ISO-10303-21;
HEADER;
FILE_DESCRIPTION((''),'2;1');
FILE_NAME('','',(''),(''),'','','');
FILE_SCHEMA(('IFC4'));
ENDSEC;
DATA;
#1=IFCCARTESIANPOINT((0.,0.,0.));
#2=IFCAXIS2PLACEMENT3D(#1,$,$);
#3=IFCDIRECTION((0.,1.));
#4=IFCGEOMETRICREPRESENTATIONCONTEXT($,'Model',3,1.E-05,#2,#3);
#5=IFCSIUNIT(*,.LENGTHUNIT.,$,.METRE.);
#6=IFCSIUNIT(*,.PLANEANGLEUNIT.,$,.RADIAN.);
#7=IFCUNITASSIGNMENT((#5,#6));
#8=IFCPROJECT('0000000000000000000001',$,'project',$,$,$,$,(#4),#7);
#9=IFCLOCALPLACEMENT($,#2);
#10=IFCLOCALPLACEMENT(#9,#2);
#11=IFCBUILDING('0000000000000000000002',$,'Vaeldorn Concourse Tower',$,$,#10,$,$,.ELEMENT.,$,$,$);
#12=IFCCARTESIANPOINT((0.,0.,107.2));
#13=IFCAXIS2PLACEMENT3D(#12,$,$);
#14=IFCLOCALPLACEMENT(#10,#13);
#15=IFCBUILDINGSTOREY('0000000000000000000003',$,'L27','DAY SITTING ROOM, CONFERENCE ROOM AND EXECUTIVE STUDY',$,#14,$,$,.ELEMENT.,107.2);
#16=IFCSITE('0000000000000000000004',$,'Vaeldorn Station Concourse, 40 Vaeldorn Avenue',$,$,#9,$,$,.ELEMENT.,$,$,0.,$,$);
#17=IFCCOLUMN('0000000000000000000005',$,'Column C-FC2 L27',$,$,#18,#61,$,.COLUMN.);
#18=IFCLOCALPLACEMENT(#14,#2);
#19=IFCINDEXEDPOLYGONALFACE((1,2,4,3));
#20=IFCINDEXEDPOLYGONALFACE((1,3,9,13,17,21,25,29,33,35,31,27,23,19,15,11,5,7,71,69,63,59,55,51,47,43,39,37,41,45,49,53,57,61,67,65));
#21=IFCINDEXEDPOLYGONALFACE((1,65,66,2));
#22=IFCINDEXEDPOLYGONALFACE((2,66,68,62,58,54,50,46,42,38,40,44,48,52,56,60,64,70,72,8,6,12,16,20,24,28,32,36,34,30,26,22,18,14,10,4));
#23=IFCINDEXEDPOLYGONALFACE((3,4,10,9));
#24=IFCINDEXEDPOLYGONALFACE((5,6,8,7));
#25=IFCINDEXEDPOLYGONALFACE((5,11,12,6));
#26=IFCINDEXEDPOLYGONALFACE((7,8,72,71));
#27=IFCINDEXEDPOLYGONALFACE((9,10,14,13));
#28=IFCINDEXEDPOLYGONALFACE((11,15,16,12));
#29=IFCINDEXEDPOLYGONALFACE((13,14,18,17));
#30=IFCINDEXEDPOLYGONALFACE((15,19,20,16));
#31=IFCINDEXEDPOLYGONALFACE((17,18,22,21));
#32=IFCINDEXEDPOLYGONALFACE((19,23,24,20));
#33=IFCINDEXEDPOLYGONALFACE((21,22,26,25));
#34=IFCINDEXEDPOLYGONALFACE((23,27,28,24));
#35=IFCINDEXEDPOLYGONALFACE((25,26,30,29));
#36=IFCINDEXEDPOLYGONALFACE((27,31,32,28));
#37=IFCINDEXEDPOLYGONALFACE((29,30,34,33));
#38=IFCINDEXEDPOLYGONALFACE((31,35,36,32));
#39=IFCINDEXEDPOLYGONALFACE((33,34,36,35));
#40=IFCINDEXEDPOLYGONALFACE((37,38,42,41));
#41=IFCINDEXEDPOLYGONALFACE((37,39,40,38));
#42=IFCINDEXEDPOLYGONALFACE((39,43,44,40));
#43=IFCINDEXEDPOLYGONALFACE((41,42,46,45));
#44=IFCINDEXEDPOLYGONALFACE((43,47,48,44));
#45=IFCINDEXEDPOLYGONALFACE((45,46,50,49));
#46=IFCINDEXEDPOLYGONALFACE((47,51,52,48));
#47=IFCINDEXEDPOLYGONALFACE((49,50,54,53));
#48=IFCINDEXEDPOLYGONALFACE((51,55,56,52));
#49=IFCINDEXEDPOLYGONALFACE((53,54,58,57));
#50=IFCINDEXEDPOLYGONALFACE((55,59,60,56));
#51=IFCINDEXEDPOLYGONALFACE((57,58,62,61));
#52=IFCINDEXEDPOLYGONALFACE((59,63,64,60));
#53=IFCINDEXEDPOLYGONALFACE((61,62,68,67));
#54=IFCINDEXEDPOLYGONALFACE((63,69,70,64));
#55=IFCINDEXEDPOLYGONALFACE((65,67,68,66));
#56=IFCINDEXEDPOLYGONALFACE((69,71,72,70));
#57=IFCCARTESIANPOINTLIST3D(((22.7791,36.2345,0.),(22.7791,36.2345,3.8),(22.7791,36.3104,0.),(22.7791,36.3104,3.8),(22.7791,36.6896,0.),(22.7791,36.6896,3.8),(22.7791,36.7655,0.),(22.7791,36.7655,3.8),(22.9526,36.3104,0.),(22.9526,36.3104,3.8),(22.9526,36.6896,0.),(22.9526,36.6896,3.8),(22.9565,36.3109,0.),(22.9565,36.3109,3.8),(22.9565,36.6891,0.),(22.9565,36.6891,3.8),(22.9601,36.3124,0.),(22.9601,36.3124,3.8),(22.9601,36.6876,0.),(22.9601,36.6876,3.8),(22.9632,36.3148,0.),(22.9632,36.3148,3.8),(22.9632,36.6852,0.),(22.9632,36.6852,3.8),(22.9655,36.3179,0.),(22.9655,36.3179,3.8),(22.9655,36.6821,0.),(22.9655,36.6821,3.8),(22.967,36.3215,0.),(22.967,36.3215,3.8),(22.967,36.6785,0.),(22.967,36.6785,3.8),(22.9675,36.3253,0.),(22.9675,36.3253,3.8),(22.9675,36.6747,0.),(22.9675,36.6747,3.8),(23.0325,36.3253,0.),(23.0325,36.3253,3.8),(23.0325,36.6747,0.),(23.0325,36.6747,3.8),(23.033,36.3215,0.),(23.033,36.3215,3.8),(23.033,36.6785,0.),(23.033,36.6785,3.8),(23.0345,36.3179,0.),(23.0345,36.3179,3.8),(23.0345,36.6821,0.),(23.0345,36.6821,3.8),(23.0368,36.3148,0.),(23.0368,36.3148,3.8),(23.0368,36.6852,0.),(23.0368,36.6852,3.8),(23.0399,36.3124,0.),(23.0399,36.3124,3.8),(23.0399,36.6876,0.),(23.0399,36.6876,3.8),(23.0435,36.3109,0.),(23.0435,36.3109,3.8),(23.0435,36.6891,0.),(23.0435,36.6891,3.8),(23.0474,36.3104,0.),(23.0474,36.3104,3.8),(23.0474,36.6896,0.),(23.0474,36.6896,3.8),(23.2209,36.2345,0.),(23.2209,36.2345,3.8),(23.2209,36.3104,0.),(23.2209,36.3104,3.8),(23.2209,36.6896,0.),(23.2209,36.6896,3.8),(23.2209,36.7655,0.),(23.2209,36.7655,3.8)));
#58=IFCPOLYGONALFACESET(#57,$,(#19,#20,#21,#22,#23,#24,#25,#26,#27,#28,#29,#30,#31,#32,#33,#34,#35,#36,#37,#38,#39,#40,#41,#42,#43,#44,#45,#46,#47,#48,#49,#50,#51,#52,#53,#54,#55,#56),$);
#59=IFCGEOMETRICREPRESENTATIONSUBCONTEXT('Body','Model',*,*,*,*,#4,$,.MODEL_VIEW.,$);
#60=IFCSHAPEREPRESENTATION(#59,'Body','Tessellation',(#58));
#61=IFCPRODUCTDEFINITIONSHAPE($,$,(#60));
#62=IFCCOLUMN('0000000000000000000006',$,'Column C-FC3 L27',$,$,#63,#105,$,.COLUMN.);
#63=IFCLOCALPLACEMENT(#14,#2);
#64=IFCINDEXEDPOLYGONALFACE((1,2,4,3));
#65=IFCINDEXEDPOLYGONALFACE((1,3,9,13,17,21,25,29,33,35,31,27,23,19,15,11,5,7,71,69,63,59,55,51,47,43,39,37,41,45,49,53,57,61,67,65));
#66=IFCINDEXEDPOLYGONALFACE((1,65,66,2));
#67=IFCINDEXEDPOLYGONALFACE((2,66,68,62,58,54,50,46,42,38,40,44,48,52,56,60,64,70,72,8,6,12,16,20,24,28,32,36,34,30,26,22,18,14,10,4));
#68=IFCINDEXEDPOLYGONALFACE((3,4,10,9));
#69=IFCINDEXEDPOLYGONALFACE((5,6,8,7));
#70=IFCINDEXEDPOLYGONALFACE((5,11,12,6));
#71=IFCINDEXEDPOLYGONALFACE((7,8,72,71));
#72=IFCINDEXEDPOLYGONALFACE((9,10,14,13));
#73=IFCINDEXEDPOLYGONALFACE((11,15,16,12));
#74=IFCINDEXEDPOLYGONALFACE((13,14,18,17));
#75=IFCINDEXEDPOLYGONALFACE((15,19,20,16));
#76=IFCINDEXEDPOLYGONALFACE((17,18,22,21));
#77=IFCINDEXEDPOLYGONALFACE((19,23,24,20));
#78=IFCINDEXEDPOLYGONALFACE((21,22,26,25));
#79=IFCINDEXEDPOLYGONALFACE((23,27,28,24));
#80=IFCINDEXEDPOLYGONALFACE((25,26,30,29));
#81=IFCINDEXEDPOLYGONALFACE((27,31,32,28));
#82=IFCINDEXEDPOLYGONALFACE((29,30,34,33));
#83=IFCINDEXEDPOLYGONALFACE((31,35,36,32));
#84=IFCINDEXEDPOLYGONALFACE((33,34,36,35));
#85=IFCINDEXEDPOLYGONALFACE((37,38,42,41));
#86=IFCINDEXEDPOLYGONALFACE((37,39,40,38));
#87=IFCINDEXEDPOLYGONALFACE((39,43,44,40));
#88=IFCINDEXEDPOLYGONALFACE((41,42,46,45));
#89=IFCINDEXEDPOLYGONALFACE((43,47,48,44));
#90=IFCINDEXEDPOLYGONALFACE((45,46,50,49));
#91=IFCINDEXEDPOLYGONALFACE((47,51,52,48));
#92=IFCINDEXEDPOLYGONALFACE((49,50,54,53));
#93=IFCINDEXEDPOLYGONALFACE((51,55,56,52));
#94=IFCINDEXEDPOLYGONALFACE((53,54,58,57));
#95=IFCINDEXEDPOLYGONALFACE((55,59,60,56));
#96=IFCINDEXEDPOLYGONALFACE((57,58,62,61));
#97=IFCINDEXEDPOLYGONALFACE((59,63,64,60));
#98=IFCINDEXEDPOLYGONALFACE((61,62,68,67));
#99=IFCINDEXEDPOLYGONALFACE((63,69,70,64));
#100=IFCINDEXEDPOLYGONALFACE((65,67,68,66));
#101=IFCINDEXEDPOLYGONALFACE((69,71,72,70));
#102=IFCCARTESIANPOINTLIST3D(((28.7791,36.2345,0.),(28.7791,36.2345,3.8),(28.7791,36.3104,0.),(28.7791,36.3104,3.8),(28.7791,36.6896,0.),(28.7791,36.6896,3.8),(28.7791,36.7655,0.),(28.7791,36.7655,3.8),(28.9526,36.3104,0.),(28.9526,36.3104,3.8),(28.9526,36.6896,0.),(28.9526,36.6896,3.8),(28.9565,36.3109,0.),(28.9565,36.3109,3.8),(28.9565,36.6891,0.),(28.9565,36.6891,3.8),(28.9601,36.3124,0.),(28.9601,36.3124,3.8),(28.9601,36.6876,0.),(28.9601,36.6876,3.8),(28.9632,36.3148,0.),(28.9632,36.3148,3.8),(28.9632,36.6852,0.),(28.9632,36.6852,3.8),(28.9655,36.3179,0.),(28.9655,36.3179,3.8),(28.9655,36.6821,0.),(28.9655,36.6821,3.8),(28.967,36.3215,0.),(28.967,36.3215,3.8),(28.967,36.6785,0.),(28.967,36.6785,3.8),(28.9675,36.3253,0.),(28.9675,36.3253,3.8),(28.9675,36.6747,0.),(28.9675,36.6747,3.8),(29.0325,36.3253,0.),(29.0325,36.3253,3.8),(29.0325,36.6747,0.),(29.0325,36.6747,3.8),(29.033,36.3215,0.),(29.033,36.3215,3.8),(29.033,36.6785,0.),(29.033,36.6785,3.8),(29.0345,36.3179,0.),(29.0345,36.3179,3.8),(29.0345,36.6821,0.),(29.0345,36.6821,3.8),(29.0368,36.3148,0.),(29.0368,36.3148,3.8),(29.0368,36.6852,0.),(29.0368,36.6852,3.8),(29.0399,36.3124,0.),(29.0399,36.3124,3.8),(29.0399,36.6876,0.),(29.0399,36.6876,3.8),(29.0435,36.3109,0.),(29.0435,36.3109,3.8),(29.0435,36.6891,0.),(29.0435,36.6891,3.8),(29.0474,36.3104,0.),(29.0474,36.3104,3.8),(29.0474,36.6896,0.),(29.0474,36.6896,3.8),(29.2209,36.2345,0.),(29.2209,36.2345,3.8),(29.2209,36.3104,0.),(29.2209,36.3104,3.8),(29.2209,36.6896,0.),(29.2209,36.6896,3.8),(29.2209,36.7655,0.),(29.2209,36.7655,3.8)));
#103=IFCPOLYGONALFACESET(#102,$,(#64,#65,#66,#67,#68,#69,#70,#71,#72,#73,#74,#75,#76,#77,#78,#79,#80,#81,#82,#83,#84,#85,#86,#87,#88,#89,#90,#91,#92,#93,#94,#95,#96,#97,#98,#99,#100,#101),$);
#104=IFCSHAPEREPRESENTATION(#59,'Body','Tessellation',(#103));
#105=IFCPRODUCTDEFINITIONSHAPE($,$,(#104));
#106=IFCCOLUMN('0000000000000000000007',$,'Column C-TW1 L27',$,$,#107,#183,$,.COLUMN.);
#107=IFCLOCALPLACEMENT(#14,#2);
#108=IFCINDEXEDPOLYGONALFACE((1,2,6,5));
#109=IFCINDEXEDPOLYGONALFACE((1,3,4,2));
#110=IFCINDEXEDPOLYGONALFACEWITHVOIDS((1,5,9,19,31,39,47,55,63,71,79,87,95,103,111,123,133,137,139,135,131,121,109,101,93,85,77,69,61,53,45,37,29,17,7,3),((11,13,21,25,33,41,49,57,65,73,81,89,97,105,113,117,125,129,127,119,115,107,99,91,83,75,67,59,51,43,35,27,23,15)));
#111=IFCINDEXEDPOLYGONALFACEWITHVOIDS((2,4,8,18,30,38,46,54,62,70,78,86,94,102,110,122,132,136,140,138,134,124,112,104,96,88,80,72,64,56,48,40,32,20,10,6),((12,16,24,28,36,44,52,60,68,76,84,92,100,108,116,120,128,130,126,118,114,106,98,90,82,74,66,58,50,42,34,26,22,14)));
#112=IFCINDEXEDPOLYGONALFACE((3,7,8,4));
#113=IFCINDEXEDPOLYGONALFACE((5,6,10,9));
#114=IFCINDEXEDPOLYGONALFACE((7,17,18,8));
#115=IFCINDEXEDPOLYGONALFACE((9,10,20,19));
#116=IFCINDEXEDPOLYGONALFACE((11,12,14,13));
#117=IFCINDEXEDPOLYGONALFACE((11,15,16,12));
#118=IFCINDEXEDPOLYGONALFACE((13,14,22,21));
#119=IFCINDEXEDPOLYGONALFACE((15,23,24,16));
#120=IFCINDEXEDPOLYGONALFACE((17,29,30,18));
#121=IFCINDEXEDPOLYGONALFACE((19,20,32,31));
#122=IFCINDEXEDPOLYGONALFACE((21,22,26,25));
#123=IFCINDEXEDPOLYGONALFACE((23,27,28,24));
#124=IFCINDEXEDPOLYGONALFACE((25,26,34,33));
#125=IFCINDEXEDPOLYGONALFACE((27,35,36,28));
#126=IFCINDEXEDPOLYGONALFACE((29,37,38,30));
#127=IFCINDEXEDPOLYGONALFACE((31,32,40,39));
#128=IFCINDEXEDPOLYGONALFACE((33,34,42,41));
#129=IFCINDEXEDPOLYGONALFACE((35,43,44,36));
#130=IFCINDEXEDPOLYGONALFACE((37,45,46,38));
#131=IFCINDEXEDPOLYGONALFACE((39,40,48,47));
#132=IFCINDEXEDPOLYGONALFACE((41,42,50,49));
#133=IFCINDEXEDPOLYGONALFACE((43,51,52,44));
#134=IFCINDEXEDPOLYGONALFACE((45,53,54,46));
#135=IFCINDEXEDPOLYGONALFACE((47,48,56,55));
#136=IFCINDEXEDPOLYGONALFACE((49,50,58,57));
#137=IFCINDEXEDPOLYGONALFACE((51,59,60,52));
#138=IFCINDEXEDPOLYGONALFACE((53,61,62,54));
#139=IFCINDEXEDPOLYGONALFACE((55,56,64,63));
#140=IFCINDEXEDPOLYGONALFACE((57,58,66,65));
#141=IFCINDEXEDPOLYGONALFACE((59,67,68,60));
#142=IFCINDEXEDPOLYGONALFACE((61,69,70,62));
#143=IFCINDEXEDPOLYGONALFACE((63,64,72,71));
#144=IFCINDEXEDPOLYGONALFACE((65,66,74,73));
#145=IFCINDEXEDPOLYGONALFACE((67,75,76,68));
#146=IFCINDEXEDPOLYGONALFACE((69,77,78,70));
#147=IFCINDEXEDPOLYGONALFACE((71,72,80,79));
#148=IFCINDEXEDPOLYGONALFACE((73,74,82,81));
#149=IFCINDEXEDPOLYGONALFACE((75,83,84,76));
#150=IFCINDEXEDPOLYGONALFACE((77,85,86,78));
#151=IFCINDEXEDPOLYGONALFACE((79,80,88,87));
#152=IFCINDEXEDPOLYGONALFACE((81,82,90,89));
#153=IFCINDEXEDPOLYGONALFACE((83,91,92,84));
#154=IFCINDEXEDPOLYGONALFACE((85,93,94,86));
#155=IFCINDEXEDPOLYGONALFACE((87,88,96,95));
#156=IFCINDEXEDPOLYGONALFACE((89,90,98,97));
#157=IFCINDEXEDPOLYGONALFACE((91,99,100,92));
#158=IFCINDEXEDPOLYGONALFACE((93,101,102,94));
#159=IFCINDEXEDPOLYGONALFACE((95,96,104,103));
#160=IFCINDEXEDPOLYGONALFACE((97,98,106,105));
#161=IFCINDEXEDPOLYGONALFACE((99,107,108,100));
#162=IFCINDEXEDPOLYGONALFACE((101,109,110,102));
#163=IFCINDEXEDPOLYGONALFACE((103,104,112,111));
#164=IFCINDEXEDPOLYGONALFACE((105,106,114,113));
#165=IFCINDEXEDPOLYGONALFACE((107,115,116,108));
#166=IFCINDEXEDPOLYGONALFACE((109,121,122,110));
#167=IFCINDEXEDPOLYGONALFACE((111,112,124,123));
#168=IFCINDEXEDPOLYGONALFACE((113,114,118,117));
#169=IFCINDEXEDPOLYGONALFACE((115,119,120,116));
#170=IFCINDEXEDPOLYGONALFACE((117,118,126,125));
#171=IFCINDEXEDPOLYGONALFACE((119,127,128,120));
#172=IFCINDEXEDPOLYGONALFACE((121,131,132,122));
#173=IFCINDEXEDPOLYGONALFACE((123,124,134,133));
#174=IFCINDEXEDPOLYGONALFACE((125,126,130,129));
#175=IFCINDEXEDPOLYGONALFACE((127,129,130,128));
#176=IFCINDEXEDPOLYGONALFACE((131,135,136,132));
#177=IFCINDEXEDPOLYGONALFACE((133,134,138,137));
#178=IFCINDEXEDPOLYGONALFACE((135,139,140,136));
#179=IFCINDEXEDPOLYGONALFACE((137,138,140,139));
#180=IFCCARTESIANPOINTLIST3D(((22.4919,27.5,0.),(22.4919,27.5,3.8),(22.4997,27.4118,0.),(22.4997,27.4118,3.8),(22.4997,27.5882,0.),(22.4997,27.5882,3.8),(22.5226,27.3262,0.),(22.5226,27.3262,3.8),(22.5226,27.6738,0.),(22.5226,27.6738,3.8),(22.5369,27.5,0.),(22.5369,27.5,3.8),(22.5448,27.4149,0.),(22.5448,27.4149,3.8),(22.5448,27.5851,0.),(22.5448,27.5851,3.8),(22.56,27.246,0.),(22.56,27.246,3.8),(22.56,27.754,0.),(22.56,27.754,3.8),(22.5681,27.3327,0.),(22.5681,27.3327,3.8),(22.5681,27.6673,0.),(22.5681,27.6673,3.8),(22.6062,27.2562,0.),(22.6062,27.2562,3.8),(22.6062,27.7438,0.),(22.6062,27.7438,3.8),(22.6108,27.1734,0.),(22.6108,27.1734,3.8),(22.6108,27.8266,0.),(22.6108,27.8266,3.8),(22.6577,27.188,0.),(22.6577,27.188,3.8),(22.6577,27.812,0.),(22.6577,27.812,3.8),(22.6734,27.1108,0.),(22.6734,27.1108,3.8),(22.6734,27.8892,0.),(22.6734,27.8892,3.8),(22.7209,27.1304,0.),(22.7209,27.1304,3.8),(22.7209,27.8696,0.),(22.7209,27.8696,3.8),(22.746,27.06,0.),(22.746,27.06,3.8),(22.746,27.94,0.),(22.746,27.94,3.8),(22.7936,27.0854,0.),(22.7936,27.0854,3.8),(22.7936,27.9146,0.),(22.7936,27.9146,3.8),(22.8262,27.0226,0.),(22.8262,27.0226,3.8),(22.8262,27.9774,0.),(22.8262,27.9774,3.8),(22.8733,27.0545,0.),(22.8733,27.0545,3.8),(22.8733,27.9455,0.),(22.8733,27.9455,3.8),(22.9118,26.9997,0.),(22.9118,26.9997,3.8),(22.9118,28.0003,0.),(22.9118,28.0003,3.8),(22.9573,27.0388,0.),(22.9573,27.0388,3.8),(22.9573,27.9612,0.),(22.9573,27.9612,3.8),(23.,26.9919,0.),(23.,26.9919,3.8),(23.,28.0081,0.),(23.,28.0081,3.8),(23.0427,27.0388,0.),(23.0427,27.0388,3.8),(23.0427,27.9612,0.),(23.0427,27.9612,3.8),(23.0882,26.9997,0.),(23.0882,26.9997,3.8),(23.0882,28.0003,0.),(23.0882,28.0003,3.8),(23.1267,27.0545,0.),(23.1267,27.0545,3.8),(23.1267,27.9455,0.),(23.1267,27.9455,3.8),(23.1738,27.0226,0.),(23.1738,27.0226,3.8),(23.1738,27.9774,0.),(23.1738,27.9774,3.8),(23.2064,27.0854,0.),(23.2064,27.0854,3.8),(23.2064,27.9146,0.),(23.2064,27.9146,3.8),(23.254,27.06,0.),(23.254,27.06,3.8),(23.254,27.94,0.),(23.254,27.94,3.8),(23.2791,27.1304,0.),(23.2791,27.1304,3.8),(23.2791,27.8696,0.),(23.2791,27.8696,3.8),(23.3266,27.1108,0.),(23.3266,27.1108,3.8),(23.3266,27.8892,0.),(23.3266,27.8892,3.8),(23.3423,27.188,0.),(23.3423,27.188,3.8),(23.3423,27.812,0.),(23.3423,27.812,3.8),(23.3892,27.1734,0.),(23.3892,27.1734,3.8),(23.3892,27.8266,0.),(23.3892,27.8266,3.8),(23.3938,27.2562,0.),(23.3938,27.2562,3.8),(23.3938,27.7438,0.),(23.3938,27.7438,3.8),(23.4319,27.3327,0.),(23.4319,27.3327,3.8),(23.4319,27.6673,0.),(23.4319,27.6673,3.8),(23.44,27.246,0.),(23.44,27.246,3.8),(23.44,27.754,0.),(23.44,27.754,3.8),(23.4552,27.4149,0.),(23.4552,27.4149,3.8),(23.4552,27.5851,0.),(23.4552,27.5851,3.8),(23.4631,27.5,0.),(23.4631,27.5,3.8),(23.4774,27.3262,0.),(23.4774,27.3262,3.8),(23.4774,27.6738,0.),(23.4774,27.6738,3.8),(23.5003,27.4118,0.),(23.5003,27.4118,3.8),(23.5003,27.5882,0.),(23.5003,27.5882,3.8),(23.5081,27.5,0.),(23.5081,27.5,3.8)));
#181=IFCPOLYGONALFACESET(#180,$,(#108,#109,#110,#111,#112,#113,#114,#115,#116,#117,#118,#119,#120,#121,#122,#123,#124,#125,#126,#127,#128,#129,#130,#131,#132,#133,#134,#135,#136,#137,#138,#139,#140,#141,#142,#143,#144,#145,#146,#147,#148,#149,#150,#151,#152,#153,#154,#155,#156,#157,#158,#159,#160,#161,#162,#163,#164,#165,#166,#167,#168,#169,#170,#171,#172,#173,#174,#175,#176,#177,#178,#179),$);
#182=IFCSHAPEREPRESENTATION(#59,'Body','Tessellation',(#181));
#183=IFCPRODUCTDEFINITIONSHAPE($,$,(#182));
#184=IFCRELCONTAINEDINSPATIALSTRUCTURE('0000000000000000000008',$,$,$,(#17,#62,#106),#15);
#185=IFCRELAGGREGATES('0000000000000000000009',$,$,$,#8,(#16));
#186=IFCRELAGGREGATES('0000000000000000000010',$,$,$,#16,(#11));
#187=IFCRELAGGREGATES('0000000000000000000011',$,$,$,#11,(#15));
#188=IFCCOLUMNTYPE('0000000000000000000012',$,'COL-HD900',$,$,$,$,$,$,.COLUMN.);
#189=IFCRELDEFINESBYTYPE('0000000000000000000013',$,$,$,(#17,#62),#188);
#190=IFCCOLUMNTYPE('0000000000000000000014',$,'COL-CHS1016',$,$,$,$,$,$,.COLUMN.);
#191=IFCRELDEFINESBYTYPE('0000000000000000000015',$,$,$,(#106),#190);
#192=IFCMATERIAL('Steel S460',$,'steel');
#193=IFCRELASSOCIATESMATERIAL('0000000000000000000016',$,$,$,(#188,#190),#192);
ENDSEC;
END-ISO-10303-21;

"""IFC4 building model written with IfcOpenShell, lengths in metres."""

from ifc_helpers import new_model, si_unit, direction, frame, origin, origin_2d, place, context, subcontext, project, spatial, hollow_circle, i_section, extrude, source, transform, mapped, material, material_profile, profile_set, type_object, element, save


model = new_model("IFC4")

# Units and contexts
model_context = context("Model", 3, precision=1e-05, world=origin(), true_north=direction((0.0, 1.0)))
body_context = subcontext(model_context, "Body", "Model", "MODEL_VIEW")
ifc_project = project(units=[si_unit("LENGTHUNIT", "METRE"), si_unit("PLANEANGLEUNIT", "RADIAN")], contexts=[model_context])

# Site, building, storey
site_placement = place(None, origin())
site = spatial("IfcSite", under=ifc_project, at=site_placement, Name="Vaeldorn Station Concourse, 40 Vaeldorn Avenue", CompositionType="ELEMENT", RefElevation=0.0)
building_placement = place(site_placement, origin())
building = spatial("IfcBuilding", under=site, at=building_placement, Name="Vaeldorn Concourse Tower", CompositionType="ELEMENT")
storey_placement = place(building_placement, frame((0.0, 0.0, 107.2)))
storey = spatial("IfcBuildingStorey", under=building, at=storey_placement, Name="L27", Description="DAY SITTING ROOM, CONFERENCE ROOM AND EXECUTIVE STUDY", CompositionType="ELEMENT", Elevation=107.2)

# Columns
ifc_material_1 = material(Name="Steel S460", Category="steel")
ifc_material_profile_1 = material_profile(ifc_material_1, i_section(OverallWidth=0.4419, OverallDepth=0.531, WebThickness=0.0649, FlangeThickness=0.0759, FilletRadius=0.0149, at=origin_2d()), Name="HD 400x900")
ifc_profile_set_1 = profile_set([ifc_material_profile_1], Name="Steel S460")
column_type_1 = type_object("IfcColumnType", Name="COL-HD900", PredefinedType="COLUMN", material=ifc_profile_set_1)
shared_shape_1 = source(origin(), body_context, "Body", "SweptSolid", [
    extrude(i_section(OverallWidth=0.4419, OverallDepth=0.531, WebThickness=0.0649, FlangeThickness=0.0759, FilletRadius=0.0149, at=origin_2d()), origin(), (0.0, 0.0, 1.0), 3.8),
])
for number, where, z_axis, x_axis, name in (
    (1, (23.0, 36.5, 0.0), (0.0, 0.0, 1.0), (1.0, 0.0, 0.0), "Column C-FC2 L27"),
    (2, (29.0, 36.5, 0.0), (0.0, 0.0, 1.0), (1.0, 0.0, 0.0), "Column C-FC3 L27"),
):
    element("IfcColumn", number, at=place(storey_placement, frame(where, z_axis=z_axis, x_axis=x_axis)), inside=storey, type_object=column_type_1, Name=name, PredefinedType="COLUMN", context=body_context, shape_type="MappedRepresentation", body=[
        mapped(shared_shape_1, transform((0.0, 0.0, 0.0), scale=1.0)),
    ])
ifc_material_profile_2 = material_profile(ifc_material_1, hollow_circle(Radius=0.5081, WallThickness=0.0449, at=origin_2d()), Name="CHS 1016x45")
ifc_profile_set_2 = profile_set([ifc_material_profile_2], Name="Steel S460")
column_type_2 = type_object("IfcColumnType", Name="COL-CHS1016", PredefinedType="COLUMN", material=ifc_profile_set_2)
shared_shape_2 = source(origin(), body_context, "Body", "SweptSolid", [
    extrude(hollow_circle(Radius=0.5081, WallThickness=0.0449, at=origin_2d()), origin(), (0.0, 0.0, 1.0), 3.8),
])
column_1_placement = place(storey_placement, frame((23.0, 27.5, 0.0), z_axis=(0.0, 0.0, 1.0), x_axis=(1.0, 0.0, 0.0)))
element("IfcColumn", 3, at=column_1_placement, inside=storey, type_object=column_type_2, Name="Column C-TW1 L27", PredefinedType="COLUMN", context=body_context, shape_type="MappedRepresentation", body=[
    mapped(shared_shape_2, transform((0.0, 0.0, 0.0), scale=1.0)),
])

save(model, "model.ifc")
